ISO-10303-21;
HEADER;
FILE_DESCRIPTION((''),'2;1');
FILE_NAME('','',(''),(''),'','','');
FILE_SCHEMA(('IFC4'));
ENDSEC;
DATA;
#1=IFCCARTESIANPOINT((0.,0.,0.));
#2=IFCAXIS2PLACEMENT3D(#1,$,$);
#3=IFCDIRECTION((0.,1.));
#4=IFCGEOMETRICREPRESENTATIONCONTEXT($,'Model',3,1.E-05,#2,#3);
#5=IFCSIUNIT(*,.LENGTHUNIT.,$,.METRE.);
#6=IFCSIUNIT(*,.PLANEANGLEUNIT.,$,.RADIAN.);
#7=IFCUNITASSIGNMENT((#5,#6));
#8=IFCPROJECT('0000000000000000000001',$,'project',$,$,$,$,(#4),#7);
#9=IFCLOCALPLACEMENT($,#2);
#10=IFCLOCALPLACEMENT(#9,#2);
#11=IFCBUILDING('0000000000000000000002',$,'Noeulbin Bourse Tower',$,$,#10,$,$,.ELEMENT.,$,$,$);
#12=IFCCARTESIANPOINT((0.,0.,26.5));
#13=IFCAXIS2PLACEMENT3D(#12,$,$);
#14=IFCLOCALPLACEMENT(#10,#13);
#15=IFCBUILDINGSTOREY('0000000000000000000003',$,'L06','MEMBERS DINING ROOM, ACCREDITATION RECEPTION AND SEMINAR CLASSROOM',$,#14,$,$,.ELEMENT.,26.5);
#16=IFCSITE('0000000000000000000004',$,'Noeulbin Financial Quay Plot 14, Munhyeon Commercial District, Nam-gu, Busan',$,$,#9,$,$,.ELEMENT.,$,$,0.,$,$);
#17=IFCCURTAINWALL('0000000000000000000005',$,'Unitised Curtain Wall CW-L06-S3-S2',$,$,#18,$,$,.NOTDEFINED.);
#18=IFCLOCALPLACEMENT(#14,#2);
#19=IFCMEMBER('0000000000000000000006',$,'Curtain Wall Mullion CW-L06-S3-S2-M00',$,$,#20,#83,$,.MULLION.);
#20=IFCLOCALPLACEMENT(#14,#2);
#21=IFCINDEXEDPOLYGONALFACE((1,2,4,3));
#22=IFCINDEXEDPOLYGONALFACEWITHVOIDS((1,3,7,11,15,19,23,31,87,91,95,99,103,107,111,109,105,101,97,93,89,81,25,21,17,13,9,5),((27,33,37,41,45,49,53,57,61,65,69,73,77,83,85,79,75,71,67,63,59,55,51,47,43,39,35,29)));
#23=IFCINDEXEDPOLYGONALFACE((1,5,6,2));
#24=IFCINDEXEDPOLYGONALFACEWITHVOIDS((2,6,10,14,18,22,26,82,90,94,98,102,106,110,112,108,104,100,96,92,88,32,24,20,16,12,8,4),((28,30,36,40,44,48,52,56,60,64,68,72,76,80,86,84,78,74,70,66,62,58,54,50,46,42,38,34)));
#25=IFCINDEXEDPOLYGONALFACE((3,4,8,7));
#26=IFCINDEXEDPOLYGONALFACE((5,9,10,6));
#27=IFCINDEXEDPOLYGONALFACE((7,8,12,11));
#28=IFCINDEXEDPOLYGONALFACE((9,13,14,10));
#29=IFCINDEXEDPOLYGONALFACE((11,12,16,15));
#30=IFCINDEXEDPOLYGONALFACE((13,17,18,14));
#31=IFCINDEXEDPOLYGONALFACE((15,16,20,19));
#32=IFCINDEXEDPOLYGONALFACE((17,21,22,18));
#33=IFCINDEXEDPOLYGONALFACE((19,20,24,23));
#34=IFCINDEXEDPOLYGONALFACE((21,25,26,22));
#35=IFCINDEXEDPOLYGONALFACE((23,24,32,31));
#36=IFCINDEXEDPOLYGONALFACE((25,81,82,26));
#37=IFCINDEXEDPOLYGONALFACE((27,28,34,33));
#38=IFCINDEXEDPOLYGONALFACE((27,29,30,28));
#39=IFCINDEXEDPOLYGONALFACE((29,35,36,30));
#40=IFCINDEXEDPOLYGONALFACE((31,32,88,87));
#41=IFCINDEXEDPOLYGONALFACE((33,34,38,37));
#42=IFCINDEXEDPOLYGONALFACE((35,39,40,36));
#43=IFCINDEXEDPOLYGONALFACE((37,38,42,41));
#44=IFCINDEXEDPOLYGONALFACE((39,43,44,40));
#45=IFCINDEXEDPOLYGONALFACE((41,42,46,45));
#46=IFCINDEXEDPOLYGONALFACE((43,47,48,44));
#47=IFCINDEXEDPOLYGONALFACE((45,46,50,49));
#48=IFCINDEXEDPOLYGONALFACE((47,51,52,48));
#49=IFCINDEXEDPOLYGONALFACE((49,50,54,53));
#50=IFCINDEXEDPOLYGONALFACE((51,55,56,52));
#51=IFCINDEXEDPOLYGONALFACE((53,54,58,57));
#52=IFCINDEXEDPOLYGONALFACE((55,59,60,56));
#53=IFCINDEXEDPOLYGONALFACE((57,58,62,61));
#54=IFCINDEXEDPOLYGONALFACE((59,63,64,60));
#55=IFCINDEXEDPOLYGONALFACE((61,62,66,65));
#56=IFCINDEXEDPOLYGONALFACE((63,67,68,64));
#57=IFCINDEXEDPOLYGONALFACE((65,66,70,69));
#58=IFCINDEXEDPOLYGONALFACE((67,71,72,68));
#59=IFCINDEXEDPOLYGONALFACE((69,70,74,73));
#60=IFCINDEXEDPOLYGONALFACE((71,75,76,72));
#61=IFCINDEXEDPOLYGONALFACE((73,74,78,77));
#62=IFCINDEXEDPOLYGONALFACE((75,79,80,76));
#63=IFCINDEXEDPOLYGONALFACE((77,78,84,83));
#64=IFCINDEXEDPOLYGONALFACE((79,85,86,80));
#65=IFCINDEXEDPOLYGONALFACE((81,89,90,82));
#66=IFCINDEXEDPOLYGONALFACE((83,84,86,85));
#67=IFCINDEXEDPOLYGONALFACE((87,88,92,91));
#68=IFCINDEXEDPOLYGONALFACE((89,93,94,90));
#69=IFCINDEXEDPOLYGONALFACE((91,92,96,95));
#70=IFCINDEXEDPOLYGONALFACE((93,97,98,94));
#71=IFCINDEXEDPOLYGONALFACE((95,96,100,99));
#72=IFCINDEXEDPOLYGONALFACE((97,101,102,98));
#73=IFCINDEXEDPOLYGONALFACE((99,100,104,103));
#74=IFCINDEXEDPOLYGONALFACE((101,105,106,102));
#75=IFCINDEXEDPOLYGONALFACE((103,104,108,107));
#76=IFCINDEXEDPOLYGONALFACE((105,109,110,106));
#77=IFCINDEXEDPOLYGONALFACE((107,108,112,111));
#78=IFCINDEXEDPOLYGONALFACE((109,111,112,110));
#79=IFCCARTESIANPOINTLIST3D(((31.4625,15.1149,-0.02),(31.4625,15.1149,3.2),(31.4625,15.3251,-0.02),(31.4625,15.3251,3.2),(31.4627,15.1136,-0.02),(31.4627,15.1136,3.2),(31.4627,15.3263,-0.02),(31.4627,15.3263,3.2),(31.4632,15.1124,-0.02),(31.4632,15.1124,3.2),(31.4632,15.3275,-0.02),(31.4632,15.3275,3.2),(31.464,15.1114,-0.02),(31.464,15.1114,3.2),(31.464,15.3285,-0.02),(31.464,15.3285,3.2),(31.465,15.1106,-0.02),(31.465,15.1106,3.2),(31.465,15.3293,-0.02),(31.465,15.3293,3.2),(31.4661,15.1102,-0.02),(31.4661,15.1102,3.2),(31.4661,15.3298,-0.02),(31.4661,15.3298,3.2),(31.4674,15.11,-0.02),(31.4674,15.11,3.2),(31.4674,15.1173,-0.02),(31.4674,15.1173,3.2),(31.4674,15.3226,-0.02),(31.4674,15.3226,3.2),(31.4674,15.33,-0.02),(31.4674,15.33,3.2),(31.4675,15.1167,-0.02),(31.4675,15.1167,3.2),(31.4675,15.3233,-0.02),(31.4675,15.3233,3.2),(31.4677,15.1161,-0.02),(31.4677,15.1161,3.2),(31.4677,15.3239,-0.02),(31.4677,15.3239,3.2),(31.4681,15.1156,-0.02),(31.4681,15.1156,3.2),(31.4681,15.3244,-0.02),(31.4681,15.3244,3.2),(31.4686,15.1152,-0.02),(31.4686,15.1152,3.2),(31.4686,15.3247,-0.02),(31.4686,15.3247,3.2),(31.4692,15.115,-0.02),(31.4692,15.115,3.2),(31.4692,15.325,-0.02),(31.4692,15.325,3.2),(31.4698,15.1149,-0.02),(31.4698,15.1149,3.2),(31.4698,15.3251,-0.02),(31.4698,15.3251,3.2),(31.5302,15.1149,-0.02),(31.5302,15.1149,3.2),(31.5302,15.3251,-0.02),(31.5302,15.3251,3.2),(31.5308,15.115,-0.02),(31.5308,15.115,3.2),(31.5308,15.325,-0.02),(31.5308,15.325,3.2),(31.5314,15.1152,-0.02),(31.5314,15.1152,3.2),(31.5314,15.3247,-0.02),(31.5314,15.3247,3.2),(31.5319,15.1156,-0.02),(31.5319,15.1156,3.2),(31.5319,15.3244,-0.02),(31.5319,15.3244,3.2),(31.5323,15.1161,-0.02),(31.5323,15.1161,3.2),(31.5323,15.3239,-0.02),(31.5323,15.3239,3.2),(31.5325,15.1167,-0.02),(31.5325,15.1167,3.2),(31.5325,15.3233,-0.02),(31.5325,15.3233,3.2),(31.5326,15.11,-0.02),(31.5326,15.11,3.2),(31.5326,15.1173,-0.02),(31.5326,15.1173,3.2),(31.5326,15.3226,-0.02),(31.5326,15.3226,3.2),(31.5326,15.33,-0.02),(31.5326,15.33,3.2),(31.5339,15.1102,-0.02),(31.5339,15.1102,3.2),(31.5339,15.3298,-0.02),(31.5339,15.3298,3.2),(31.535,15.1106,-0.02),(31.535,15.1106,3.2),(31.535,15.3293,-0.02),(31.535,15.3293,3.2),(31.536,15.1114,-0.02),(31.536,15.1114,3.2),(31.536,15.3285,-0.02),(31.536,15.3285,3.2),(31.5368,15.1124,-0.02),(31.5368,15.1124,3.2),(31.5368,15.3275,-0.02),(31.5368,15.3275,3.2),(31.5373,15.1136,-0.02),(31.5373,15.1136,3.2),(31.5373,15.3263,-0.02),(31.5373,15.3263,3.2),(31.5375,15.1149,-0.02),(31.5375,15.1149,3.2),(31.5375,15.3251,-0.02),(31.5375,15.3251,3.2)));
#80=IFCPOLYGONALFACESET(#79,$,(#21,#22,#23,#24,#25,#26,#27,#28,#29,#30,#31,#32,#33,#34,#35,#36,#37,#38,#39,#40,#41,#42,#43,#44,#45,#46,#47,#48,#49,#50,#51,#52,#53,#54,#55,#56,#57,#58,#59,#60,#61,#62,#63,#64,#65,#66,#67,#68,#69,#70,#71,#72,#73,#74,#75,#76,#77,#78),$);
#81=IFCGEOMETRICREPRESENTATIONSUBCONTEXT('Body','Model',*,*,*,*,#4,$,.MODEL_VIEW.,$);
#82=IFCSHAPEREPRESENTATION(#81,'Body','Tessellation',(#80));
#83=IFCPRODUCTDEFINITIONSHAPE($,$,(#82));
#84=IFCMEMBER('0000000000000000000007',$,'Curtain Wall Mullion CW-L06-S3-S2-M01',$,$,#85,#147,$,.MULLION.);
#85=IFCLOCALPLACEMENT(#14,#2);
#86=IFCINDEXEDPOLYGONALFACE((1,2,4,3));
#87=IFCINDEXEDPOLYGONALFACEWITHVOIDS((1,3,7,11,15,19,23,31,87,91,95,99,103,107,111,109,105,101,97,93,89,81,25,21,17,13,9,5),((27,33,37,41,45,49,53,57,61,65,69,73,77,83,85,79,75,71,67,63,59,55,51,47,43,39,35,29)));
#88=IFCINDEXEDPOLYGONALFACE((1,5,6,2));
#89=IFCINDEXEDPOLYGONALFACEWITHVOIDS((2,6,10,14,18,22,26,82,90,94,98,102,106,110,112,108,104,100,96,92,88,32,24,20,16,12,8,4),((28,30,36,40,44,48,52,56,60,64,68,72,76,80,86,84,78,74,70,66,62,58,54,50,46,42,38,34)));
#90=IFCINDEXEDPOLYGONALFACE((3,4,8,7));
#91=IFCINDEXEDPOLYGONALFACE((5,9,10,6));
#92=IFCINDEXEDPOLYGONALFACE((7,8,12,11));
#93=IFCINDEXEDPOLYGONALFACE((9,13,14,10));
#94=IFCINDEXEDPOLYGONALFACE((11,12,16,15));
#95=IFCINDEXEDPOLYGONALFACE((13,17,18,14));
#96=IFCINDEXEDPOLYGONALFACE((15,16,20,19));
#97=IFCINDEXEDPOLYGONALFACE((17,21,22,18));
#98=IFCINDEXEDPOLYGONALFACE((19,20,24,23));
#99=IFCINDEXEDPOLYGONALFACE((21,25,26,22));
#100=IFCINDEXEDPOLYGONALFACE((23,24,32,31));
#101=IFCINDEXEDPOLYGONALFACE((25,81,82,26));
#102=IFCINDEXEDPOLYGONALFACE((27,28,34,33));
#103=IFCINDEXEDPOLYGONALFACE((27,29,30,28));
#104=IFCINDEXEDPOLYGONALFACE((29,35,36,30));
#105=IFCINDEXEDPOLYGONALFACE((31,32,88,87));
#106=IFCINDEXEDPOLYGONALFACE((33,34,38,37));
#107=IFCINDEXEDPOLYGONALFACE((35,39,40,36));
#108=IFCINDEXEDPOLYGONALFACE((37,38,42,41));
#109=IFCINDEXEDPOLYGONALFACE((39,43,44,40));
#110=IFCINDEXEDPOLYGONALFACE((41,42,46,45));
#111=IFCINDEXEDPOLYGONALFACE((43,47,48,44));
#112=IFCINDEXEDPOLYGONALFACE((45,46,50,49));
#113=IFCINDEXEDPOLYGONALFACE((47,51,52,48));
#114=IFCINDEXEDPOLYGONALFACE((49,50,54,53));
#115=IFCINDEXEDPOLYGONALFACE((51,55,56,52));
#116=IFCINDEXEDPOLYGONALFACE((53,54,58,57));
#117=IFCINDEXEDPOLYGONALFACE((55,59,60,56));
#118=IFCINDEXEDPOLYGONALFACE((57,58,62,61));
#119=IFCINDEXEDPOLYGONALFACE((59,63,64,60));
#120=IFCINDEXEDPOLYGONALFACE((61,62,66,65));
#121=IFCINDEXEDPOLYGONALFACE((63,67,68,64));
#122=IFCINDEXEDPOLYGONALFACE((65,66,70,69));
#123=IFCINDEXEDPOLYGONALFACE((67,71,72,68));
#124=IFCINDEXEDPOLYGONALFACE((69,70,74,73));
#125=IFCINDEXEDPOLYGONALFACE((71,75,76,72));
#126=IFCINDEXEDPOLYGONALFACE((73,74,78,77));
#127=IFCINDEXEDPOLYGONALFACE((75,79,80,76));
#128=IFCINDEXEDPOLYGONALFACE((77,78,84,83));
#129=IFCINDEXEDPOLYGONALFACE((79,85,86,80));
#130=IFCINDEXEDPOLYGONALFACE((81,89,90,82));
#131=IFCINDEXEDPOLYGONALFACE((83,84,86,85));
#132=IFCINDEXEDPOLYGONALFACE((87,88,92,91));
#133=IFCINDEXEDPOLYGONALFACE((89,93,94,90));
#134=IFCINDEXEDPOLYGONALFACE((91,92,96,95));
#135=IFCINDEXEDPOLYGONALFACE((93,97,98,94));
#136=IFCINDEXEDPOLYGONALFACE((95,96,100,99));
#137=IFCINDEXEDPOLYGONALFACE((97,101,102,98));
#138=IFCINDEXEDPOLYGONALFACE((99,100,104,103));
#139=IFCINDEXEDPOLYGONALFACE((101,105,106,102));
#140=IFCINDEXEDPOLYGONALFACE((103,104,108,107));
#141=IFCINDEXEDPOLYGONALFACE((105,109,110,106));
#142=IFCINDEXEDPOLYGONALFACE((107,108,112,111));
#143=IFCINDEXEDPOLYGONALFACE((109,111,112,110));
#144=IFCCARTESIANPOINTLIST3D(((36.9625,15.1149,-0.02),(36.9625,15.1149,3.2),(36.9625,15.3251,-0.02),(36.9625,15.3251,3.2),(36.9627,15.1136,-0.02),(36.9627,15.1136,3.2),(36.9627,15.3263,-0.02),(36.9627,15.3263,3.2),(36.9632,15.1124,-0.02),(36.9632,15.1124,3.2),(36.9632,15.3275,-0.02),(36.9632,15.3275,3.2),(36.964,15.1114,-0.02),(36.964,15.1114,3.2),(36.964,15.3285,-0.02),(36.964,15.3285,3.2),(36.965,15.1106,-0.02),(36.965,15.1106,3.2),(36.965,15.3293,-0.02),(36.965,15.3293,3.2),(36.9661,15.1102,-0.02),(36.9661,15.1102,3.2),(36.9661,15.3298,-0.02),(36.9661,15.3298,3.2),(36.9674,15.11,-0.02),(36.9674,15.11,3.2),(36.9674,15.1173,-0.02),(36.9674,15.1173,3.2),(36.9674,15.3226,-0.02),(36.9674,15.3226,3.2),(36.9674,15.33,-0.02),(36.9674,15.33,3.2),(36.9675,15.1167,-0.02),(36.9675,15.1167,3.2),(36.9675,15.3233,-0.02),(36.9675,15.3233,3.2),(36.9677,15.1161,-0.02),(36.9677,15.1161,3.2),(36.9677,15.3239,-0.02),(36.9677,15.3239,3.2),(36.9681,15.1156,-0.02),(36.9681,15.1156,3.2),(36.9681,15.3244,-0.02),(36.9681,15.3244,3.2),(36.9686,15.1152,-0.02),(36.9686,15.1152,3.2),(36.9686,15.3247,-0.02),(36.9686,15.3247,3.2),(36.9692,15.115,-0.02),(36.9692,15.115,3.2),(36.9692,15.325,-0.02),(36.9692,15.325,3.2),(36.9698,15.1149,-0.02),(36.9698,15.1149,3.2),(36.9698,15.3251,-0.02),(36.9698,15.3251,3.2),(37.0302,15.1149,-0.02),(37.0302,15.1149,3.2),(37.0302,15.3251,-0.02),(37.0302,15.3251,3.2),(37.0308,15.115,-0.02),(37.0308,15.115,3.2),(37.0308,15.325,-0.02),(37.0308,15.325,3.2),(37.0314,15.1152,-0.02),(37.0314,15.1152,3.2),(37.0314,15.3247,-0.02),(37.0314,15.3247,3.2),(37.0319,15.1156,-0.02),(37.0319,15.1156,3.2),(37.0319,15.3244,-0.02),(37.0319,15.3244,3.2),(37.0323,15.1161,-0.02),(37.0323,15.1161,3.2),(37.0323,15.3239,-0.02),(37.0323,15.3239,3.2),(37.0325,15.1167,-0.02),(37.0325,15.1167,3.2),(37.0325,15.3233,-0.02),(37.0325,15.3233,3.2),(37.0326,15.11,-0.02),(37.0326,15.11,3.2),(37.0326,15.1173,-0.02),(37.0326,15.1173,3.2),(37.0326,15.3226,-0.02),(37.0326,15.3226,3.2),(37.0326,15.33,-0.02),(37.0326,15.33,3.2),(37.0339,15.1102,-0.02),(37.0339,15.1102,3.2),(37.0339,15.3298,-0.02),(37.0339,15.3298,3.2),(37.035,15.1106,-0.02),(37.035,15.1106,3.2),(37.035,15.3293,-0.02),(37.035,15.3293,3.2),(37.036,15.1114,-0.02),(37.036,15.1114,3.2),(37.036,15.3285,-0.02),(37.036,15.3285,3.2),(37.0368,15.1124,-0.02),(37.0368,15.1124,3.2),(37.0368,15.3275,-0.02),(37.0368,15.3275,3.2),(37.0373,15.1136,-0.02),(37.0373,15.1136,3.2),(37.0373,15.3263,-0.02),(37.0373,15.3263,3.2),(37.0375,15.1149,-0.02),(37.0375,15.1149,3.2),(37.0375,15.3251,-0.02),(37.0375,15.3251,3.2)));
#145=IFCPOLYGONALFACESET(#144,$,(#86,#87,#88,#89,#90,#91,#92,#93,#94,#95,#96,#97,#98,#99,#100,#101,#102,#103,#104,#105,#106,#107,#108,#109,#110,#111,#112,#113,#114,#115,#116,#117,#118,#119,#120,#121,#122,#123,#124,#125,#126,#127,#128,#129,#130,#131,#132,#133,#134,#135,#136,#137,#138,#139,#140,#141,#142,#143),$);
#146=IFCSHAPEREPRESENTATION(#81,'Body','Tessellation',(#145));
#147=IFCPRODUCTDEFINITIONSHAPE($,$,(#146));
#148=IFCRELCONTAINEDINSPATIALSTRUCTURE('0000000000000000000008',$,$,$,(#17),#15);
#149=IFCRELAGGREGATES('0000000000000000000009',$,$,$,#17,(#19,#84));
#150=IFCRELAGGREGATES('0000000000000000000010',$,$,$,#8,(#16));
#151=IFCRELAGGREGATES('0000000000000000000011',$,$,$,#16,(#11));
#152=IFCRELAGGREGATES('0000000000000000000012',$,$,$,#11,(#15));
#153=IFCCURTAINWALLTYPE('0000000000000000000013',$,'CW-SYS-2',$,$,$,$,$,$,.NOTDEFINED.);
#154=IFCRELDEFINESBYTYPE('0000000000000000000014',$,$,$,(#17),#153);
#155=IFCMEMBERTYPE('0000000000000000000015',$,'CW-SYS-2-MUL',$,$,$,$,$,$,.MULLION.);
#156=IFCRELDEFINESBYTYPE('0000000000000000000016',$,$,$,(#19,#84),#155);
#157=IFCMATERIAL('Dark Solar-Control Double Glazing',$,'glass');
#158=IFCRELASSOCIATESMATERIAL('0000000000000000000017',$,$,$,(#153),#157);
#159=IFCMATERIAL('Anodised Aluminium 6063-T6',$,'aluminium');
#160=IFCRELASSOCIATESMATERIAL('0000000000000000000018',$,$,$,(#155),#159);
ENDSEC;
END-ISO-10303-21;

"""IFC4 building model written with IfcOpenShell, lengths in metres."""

from ifc_helpers import new_model, si_unit, direction, frame, origin, origin_2d, place, context, subcontext, project, spatial, hollow_rectangle, extrude, material, material_profile, profile_set, type_object, element, aggregate, save


model = new_model("IFC4")

# Units and contexts
model_context = context("Model", 3, precision=1e-05, world=origin(), true_north=direction((0.0, 1.0)))
body_context = subcontext(model_context, "Body", "Model", "MODEL_VIEW")
ifc_project = project(units=[si_unit("LENGTHUNIT", "METRE"), si_unit("PLANEANGLEUNIT", "RADIAN")], contexts=[model_context])

# Site, building, storey
site_placement = place(None, origin())
site = spatial("IfcSite", under=ifc_project, at=site_placement, Name="Noeulbin Financial Quay Plot 14, Munhyeon Commercial District, Nam-gu, Busan", CompositionType="ELEMENT", RefElevation=0.0)
building_placement = place(site_placement, origin())
building = spatial("IfcBuilding", under=site, at=building_placement, Name="Noeulbin Bourse Tower", CompositionType="ELEMENT")
storey_placement = place(building_placement, frame((0.0, 0.0, 26.5)))
storey = spatial("IfcBuildingStorey", under=building, at=storey_placement, Name="L06", Description="MEMBERS DINING ROOM, ACCREDITATION RECEPTION AND SEMINAR CLASSROOM", CompositionType="ELEMENT", Elevation=26.5)

# Shared definitions
ifc_material_1 = material(Name="Dark Solar-Control Double Glazing", Category="glass")
curtain_wall_type = type_object("IfcCurtainWallType", Name="CW-SYS-2", PredefinedType="NOTDEFINED", material=ifc_material_1)
ifc_material_2 = material(Name="Anodised Aluminium 6063-T6", Category="aluminium")
ifc_material_profile_1 = material_profile(ifc_material_2, hollow_rectangle(XDim=0.075, YDim=0.22, WallThickness=0.0049, InnerFilletRadius=0.0024, OuterFilletRadius=0.0049, at=origin_2d()), Name="ALU-MULL-75x220x5", Category="LoadBearing")
ifc_profile_set_1 = profile_set([ifc_material_profile_1], Name="Anodised Aluminium 6063-T6")
member_type_1 = type_object("IfcMemberType", Name="CW-SYS-2-MUL", PredefinedType="MULLION", material=ifc_profile_set_1)

# Curtain wall, members
curtain_wall_1_placement = place(storey_placement, origin())
curtain_wall_1 = element("IfcCurtainWall", 1, at=curtain_wall_1_placement, inside=storey, type_object=curtain_wall_type, Name="Unitised Curtain Wall CW-L06-S3-S2", PredefinedType="NOTDEFINED")
member_1_placement = place(storey_placement, frame((31.5, 15.22, -0.02), z_axis=(0.0, 0.0, 1.0), x_axis=(1.0, 0.0, 0.0)))
member_1 = element("IfcMember", 2, at=member_1_placement, type_object=member_type_1, Name="Curtain Wall Mullion CW-L06-S3-S2-M00", PredefinedType="MULLION", context=body_context, shape_type="SweptSolid", body=[
    extrude(hollow_rectangle(XDim=0.075, YDim=0.22, WallThickness=0.0049, InnerFilletRadius=0.0024, OuterFilletRadius=0.0049, at=origin_2d()), origin(), (0.0, 0.0, 1.0), 3.22),
])
member_2_placement = place(storey_placement, frame((37.0, 15.22, -0.02), z_axis=(0.0, 0.0, 1.0), x_axis=(1.0, 0.0, 0.0)))
member_2 = element("IfcMember", 3, at=member_2_placement, type_object=member_type_1, Name="Curtain Wall Mullion CW-L06-S3-S2-M01", PredefinedType="MULLION", context=body_context, shape_type="SweptSolid", body=[
    extrude(hollow_rectangle(XDim=0.075, YDim=0.22, WallThickness=0.0049, InnerFilletRadius=0.0024, OuterFilletRadius=0.0049, at=origin_2d()), origin(), (0.0, 0.0, 1.0), 3.22),
])

aggregate(curtain_wall_1, [member_1, member_2])

save(model, "model.ifc")
